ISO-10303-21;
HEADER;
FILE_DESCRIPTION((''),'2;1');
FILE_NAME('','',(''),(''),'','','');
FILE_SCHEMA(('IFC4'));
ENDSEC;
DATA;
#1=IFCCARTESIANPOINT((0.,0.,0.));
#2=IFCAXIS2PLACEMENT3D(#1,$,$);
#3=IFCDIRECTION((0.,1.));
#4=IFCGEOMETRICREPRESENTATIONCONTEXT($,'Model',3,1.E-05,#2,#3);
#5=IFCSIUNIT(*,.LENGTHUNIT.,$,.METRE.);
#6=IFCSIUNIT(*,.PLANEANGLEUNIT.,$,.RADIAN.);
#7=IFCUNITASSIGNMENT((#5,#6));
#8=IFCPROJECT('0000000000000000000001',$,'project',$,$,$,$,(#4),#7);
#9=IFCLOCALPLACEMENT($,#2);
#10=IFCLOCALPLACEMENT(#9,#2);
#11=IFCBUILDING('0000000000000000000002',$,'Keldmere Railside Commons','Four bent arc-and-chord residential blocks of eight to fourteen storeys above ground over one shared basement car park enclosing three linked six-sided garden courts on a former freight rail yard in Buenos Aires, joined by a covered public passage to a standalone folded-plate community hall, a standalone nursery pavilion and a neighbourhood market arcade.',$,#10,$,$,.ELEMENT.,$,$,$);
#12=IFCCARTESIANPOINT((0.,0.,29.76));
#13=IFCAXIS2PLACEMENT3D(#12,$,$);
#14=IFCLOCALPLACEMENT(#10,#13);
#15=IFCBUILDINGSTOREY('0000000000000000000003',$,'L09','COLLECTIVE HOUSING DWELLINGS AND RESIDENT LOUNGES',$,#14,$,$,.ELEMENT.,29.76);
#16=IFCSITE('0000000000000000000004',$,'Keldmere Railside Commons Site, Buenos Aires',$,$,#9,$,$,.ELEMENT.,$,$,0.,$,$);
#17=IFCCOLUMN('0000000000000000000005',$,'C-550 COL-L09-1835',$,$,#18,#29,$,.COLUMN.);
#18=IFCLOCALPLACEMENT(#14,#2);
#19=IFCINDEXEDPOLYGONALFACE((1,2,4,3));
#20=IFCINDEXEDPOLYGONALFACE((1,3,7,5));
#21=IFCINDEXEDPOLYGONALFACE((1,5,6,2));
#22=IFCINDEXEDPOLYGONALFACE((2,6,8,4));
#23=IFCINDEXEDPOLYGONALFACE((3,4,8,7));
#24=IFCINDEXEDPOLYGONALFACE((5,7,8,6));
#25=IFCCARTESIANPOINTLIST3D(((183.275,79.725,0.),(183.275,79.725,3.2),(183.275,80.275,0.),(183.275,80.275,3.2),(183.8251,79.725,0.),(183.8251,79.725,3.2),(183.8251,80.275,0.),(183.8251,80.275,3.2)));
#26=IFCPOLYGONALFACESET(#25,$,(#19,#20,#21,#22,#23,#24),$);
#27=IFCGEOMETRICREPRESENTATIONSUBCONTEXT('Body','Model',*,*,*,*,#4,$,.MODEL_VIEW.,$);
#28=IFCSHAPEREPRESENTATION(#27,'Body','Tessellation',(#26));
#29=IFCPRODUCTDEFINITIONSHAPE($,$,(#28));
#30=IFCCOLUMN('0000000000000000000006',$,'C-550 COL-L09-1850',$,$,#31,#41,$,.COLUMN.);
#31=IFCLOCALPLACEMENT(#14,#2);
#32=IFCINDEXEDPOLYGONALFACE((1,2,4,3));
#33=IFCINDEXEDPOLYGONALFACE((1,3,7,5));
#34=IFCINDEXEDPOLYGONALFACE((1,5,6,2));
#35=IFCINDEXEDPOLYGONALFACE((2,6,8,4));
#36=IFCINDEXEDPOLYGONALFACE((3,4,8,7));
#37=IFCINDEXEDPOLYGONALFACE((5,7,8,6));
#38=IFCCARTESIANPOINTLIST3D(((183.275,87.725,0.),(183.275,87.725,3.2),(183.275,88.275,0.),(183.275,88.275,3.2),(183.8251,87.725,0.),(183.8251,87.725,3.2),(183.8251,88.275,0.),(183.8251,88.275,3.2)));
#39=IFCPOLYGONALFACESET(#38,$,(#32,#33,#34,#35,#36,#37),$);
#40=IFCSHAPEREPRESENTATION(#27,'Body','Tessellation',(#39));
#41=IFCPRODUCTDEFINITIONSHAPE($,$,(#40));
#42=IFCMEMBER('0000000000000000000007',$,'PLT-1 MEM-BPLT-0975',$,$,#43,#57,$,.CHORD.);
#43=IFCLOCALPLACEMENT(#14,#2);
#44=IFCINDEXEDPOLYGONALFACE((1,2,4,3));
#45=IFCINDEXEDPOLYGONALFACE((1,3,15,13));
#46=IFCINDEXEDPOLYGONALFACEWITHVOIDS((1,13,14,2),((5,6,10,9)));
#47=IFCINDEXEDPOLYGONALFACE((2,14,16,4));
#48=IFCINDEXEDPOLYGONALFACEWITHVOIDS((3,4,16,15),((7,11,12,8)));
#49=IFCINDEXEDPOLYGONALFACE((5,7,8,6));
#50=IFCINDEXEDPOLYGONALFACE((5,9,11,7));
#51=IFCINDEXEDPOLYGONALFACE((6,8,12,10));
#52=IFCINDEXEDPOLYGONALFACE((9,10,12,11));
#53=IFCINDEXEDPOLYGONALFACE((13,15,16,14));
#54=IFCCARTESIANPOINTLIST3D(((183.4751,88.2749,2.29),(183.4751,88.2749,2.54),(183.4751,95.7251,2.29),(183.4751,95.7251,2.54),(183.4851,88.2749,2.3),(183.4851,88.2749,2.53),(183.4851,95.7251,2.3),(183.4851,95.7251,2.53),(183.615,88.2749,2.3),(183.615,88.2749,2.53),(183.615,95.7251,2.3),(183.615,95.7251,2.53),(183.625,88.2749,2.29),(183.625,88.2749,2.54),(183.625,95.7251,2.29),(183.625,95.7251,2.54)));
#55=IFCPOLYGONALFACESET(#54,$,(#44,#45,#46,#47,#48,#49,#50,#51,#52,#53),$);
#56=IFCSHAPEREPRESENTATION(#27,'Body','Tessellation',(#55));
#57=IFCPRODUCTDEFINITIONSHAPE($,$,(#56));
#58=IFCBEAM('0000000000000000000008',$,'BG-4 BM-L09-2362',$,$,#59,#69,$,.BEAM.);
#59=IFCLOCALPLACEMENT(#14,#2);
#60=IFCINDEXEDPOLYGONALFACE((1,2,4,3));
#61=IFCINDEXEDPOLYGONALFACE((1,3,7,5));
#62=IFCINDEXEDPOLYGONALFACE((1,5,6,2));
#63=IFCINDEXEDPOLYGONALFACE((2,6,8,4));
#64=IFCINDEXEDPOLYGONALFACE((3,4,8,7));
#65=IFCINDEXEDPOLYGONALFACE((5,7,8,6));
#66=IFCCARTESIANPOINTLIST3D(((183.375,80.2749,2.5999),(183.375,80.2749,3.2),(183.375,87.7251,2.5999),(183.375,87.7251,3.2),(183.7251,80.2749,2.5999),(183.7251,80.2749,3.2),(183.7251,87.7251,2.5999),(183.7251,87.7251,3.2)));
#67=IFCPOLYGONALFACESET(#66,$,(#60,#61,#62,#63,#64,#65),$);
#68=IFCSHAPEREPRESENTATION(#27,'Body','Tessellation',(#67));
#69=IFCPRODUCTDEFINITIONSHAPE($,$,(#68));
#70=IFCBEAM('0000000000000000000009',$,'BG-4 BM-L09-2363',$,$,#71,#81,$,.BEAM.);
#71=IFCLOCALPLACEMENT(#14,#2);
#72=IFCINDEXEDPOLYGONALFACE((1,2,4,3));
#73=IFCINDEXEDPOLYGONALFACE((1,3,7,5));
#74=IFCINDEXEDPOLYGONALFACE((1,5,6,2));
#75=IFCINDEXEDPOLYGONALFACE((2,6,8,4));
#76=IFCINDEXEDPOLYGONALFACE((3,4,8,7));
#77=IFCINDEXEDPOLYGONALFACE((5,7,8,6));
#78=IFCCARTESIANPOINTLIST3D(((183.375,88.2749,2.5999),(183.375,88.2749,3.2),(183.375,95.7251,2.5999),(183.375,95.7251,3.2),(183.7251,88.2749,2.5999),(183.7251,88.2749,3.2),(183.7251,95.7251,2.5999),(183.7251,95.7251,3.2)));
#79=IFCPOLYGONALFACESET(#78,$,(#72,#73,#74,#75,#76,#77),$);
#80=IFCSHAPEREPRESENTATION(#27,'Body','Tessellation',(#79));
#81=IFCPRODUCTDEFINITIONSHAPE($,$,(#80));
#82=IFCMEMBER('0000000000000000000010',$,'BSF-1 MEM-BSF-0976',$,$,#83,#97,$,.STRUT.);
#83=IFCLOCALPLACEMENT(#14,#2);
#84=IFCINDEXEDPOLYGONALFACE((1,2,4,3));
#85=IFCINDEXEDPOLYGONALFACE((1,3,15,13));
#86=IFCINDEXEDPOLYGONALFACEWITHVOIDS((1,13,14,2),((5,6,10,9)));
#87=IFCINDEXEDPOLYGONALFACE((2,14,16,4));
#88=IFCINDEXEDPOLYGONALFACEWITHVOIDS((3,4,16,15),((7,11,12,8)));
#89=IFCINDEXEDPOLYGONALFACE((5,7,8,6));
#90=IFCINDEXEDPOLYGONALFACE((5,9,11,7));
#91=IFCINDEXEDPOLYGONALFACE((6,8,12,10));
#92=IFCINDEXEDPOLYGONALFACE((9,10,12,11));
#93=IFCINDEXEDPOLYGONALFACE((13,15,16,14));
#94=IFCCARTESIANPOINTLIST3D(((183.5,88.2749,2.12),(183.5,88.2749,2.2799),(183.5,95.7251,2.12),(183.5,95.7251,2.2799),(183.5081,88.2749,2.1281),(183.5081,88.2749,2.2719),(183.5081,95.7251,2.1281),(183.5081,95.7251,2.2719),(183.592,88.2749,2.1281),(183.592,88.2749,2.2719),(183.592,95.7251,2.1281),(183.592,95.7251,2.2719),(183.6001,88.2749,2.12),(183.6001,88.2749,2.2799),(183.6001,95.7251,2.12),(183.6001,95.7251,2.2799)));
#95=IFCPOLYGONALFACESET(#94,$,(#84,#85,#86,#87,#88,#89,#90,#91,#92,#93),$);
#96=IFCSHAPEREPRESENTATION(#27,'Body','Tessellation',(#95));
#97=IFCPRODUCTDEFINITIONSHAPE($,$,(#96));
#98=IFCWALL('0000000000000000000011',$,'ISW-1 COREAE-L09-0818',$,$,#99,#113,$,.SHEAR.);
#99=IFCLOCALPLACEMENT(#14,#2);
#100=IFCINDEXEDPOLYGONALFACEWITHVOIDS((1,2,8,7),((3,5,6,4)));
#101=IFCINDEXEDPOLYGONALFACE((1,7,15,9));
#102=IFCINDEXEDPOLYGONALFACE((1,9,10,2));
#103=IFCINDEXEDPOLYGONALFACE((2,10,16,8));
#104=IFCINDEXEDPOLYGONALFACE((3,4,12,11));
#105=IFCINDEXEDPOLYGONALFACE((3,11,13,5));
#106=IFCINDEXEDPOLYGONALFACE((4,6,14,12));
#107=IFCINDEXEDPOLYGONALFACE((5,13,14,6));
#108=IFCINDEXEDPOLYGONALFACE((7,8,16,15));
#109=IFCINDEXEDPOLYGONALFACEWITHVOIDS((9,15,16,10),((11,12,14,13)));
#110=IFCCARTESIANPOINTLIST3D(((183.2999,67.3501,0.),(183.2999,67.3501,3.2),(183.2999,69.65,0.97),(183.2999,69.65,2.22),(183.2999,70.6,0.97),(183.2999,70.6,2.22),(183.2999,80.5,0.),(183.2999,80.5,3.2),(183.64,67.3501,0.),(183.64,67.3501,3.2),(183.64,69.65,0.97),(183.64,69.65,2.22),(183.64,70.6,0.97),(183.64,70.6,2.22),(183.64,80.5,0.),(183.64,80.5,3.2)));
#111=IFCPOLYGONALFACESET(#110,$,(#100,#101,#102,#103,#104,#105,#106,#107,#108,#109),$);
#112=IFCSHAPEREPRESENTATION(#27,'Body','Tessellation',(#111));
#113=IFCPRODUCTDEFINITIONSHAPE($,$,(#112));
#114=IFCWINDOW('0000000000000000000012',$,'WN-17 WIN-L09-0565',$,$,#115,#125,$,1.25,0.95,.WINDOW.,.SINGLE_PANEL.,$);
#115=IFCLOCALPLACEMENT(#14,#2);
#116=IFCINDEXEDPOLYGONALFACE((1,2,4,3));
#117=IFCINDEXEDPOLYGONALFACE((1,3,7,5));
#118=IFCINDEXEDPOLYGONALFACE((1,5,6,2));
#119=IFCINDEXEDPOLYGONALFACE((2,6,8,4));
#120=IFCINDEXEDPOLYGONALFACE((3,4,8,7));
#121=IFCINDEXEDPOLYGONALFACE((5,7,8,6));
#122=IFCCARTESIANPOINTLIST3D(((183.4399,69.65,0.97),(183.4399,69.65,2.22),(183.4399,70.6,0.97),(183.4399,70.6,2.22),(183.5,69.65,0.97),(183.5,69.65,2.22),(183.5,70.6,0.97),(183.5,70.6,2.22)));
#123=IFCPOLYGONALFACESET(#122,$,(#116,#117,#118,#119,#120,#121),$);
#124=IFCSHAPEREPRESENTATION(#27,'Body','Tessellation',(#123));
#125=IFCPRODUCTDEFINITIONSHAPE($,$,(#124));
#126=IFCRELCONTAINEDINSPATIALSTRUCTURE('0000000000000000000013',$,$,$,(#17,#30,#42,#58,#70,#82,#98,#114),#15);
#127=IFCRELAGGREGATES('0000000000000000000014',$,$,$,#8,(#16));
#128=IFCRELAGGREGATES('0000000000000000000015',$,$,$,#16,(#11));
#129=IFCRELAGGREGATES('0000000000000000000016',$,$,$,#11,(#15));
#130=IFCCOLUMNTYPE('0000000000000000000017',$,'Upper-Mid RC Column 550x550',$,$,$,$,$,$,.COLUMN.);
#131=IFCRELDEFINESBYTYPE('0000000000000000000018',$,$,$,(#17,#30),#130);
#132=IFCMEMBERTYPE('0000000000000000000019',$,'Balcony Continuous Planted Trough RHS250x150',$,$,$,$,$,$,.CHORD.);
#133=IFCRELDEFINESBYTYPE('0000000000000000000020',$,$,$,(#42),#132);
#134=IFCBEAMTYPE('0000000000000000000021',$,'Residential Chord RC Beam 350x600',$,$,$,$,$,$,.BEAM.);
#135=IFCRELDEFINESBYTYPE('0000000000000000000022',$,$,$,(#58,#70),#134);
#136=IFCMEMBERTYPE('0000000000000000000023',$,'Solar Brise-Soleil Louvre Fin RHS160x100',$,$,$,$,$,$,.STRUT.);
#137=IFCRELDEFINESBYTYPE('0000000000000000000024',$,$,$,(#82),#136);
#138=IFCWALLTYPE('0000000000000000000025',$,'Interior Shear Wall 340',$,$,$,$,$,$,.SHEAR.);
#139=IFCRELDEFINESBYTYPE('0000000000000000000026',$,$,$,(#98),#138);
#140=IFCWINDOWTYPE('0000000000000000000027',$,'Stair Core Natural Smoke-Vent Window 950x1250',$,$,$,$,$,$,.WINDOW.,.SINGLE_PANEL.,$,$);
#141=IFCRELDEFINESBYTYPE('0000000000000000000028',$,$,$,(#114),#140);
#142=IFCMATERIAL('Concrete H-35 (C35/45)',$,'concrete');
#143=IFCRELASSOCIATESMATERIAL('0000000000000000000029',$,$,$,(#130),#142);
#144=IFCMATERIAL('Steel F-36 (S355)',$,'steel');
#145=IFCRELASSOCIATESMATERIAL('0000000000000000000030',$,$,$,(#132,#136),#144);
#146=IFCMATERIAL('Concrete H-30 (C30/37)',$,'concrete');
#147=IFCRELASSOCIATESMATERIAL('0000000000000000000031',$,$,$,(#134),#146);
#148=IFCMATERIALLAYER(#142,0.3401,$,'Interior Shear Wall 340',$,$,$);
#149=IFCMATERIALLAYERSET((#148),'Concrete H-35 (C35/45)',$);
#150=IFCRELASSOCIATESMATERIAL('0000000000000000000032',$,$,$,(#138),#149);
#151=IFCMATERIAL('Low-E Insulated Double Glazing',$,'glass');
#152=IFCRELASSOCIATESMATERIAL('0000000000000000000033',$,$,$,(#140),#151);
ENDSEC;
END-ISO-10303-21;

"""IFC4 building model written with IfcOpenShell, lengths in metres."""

from ifc_helpers import new_model, si_unit, direction, frame, frame_2d, origin, origin_2d, place, context, subcontext, project, spatial, rectangle, hollow_rectangle, extrude, material, layer, layer_set, material_profile, profile_set, type_object, element, fill, save


model = new_model("IFC4")

# Units and contexts
model_context = context("Model", 3, precision=1e-05, world=origin(), true_north=direction((0.0, 1.0)))
body_context = subcontext(model_context, "Body", "Model", "MODEL_VIEW")
ifc_project = project(units=[si_unit("LENGTHUNIT", "METRE"), si_unit("PLANEANGLEUNIT", "RADIAN")], contexts=[model_context])

# Site, building, storey
site_placement = place(None, origin())
site = spatial("IfcSite", under=ifc_project, at=site_placement, Name="Keldmere Railside Commons Site, Buenos Aires", CompositionType="ELEMENT", RefElevation=0.0)
building_placement = place(site_placement, origin())
building = spatial("IfcBuilding", under=site, at=building_placement, Name="Keldmere Railside Commons", Description="Four bent arc-and-chord residential blocks of eight to fourteen storeys above ground over one shared basement car park enclosing three linked six-sided garden courts on a former freight rail yard in Buenos Aires, joined by a covered public passage to a standalone folded-plate community hall, a standalone nursery pavilion and a neighbourhood market arcade.", CompositionType="ELEMENT")
storey_placement = place(building_placement, frame((0.0, 0.0, 29.76)))
storey = spatial("IfcBuildingStorey", under=building, at=storey_placement, Name="L09", Description="COLLECTIVE HOUSING DWELLINGS AND RESIDENT LOUNGES", CompositionType="ELEMENT", Elevation=29.76)

# Columns
ifc_material_1 = material(Name="Concrete H-35 (C35/45)", Category="concrete")
ifc_material_profile_1 = material_profile(ifc_material_1, rectangle(XDim=0.55, YDim=0.55, at=origin_2d()), Name="RC-550x550")
ifc_profile_set_1 = profile_set([ifc_material_profile_1], Name="Concrete H-35 (C35/45)")
column_type = type_object("IfcColumnType", Name="Upper-Mid RC Column 550x550", PredefinedType="COLUMN", material=ifc_profile_set_1)
for number, where, z_axis, x_axis, name in (
    (1, (183.55, 80.0, 0.0), (0.0, 0.0, 1.0), (1.0, 0.0, 0.0), "C-550 COL-L09-1835"),
    (2, (183.55, 88.0, 0.0), (0.0, 0.0, 1.0), (1.0, 0.0, 0.0), "C-550 COL-L09-1850"),
):
    element("IfcColumn", number, at=place(storey_placement, frame(where, z_axis=z_axis, x_axis=x_axis)), inside=storey, type_object=column_type, Name=name, PredefinedType="COLUMN", context=body_context, shape_type="SweptSolid", body=[
        extrude(rectangle(XDim=0.55, YDim=0.55, at=origin_2d()), origin(), (0.0, 0.0, 1.0), 3.2),
    ])

# Member
ifc_material_2 = material(Name="Steel F-36 (S355)", Category="steel")
ifc_material_profile_2 = material_profile(ifc_material_2, hollow_rectangle(XDim=0.1499, YDim=0.25, WallThickness=0.01, at=origin_2d()), Name="RHS-250x150x10")
ifc_profile_set_2 = profile_set([ifc_material_profile_2], Name="Steel F-36 (S355)")
member_type_1 = type_object("IfcMemberType", Name="Balcony Continuous Planted Trough RHS250x150", PredefinedType="CHORD", material=ifc_profile_set_2)
member_1_placement = place(storey_placement, frame((183.55, 88.2749, 2.415), z_axis=(0.0, 1.0, 0.0), x_axis=(-1.0, 0.0, 0.0)))
element("IfcMember", 3, at=member_1_placement, inside=storey, type_object=member_type_1, Name="PLT-1 MEM-BPLT-0975", PredefinedType="CHORD", context=body_context, shape_type="SweptSolid", body=[
    extrude(hollow_rectangle(XDim=0.1499, YDim=0.25, WallThickness=0.01, at=origin_2d()), origin(), (0.0, 0.0, 1.0), 7.4502),
])

# Beams
ifc_material_3 = material(Name="Concrete H-30 (C30/37)", Category="concrete")
ifc_material_profile_3 = material_profile(ifc_material_3, rectangle(XDim=0.3501, YDim=0.6001, at=origin_2d()), Name="RC-350x600")
ifc_profile_set_3 = profile_set([ifc_material_profile_3], Name="Concrete H-30 (C30/37)")
beam_type = type_object("IfcBeamType", Name="Residential Chord RC Beam 350x600", PredefinedType="BEAM", material=ifc_profile_set_3)
for number, where, z_axis, x_axis, name in (
    (4, (183.55, 80.2749, 2.8999), (0.0, 1.0, 0.0), (-1.0, 0.0, 0.0), "BG-4 BM-L09-2362"),
    (5, (183.55, 88.2749, 2.8999), (0.0, 1.0, 0.0), (-1.0, 0.0, 0.0), "BG-4 BM-L09-2363"),
):
    element("IfcBeam", number, at=place(storey_placement, frame(where, z_axis=z_axis, x_axis=x_axis)), inside=storey, type_object=beam_type, Name=name, PredefinedType="BEAM", context=body_context, shape_type="SweptSolid", body=[
        extrude(rectangle(XDim=0.3501, YDim=0.6001, at=origin_2d()), origin(), (0.0, 0.0, 1.0), 7.4502),
    ])

# Member
ifc_material_profile_4 = material_profile(ifc_material_2, hollow_rectangle(XDim=0.1001, YDim=0.1599, WallThickness=0.0081, at=origin_2d()), Name="RHS-160x100x8")
ifc_profile_set_4 = profile_set([ifc_material_profile_4], Name="Steel F-36 (S355)")
member_type_2 = type_object("IfcMemberType", Name="Solar Brise-Soleil Louvre Fin RHS160x100", PredefinedType="STRUT", material=ifc_profile_set_4)
member_2_placement = place(storey_placement, frame((183.55, 88.2749, 2.2), z_axis=(0.0, 1.0, 0.0), x_axis=(-1.0, 0.0, 0.0)))
element("IfcMember", 6, at=member_2_placement, inside=storey, type_object=member_type_2, Name="BSF-1 MEM-BSF-0976", PredefinedType="STRUT", context=body_context, shape_type="SweptSolid", body=[
    extrude(hollow_rectangle(XDim=0.1001, YDim=0.1599, WallThickness=0.0081, at=origin_2d()), origin(), (0.0, 0.0, 1.0), 7.4502),
])

# Wall, opening, window
ifc_layer = layer(ifc_material_1, 0.3401, Name="Interior Shear Wall 340")
ifc_layer_set = layer_set([ifc_layer], Name="Concrete H-35 (C35/45)")
wall_type = type_object("IfcWallType", Name="Interior Shear Wall 340", PredefinedType="SHEAR", material=ifc_layer_set)
wall_placement = place(storey_placement, frame((183.47, 80.5, 0.0), z_axis=(0.0, 0.0, 1.0), x_axis=(0.0, -1.0, 0.0)))
wall = element("IfcWall", 7, at=wall_placement, inside=storey, type_object=wall_type, Name="ISW-1 COREAE-L09-0818", PredefinedType="SHEAR", context=body_context, shape_type="SweptSolid", body=[
    extrude(rectangle(XDim=13.1499, YDim=0.3401, at=frame_2d((6.575, 0.0))), origin(), (0.0, 0.0, 1.0), 3.2),
])
opening_placement = place(wall_placement, frame((9.8999, 0.0, 0.97)))
opening = element("IfcOpeningElement", 8, at=opening_placement, cuts=wall, PredefinedType="OPENING", context=body_context, shape_type="SweptSolid", body=[
    extrude(rectangle(XDim=0.95, YDim=1.25, at=frame_2d((0.4751, 0.625))), frame((0.0, 0.1799, 0.0), z_axis=(0.0, -1.0, 0.0), x_axis=(1.0, 0.0, 0.0)), (0.0, 0.0, 1.0), 0.3601),
])
ifc_material_4 = material(Name="Low-E Insulated Double Glazing", Category="glass")
window_type = type_object("IfcWindowType", Name="Stair Core Natural Smoke-Vent Window 950x1250", PartitioningType="SINGLE_PANEL", PredefinedType="WINDOW", material=ifc_material_4)
window_placement = place(opening_placement, origin())
window = element("IfcWindow", 9, at=window_placement, inside=storey, type_object=window_type, Name="WN-17 WIN-L09-0565", OverallHeight=1.25, OverallWidth=0.95, PartitioningType="SINGLE_PANEL", PredefinedType="WINDOW", context=body_context, shape_type="SweptSolid", body=[
    extrude(rectangle(XDim=0.95, YDim=1.25, at=frame_2d((0.4751, 0.625))), frame((0.0, 0.03, 0.0), z_axis=(0.0, -1.0, 0.0), x_axis=(1.0, 0.0, 0.0)), (0.0, 0.0, 1.0), 0.0601),
])
fill(opening, window)

save(model, "model.ifc")
